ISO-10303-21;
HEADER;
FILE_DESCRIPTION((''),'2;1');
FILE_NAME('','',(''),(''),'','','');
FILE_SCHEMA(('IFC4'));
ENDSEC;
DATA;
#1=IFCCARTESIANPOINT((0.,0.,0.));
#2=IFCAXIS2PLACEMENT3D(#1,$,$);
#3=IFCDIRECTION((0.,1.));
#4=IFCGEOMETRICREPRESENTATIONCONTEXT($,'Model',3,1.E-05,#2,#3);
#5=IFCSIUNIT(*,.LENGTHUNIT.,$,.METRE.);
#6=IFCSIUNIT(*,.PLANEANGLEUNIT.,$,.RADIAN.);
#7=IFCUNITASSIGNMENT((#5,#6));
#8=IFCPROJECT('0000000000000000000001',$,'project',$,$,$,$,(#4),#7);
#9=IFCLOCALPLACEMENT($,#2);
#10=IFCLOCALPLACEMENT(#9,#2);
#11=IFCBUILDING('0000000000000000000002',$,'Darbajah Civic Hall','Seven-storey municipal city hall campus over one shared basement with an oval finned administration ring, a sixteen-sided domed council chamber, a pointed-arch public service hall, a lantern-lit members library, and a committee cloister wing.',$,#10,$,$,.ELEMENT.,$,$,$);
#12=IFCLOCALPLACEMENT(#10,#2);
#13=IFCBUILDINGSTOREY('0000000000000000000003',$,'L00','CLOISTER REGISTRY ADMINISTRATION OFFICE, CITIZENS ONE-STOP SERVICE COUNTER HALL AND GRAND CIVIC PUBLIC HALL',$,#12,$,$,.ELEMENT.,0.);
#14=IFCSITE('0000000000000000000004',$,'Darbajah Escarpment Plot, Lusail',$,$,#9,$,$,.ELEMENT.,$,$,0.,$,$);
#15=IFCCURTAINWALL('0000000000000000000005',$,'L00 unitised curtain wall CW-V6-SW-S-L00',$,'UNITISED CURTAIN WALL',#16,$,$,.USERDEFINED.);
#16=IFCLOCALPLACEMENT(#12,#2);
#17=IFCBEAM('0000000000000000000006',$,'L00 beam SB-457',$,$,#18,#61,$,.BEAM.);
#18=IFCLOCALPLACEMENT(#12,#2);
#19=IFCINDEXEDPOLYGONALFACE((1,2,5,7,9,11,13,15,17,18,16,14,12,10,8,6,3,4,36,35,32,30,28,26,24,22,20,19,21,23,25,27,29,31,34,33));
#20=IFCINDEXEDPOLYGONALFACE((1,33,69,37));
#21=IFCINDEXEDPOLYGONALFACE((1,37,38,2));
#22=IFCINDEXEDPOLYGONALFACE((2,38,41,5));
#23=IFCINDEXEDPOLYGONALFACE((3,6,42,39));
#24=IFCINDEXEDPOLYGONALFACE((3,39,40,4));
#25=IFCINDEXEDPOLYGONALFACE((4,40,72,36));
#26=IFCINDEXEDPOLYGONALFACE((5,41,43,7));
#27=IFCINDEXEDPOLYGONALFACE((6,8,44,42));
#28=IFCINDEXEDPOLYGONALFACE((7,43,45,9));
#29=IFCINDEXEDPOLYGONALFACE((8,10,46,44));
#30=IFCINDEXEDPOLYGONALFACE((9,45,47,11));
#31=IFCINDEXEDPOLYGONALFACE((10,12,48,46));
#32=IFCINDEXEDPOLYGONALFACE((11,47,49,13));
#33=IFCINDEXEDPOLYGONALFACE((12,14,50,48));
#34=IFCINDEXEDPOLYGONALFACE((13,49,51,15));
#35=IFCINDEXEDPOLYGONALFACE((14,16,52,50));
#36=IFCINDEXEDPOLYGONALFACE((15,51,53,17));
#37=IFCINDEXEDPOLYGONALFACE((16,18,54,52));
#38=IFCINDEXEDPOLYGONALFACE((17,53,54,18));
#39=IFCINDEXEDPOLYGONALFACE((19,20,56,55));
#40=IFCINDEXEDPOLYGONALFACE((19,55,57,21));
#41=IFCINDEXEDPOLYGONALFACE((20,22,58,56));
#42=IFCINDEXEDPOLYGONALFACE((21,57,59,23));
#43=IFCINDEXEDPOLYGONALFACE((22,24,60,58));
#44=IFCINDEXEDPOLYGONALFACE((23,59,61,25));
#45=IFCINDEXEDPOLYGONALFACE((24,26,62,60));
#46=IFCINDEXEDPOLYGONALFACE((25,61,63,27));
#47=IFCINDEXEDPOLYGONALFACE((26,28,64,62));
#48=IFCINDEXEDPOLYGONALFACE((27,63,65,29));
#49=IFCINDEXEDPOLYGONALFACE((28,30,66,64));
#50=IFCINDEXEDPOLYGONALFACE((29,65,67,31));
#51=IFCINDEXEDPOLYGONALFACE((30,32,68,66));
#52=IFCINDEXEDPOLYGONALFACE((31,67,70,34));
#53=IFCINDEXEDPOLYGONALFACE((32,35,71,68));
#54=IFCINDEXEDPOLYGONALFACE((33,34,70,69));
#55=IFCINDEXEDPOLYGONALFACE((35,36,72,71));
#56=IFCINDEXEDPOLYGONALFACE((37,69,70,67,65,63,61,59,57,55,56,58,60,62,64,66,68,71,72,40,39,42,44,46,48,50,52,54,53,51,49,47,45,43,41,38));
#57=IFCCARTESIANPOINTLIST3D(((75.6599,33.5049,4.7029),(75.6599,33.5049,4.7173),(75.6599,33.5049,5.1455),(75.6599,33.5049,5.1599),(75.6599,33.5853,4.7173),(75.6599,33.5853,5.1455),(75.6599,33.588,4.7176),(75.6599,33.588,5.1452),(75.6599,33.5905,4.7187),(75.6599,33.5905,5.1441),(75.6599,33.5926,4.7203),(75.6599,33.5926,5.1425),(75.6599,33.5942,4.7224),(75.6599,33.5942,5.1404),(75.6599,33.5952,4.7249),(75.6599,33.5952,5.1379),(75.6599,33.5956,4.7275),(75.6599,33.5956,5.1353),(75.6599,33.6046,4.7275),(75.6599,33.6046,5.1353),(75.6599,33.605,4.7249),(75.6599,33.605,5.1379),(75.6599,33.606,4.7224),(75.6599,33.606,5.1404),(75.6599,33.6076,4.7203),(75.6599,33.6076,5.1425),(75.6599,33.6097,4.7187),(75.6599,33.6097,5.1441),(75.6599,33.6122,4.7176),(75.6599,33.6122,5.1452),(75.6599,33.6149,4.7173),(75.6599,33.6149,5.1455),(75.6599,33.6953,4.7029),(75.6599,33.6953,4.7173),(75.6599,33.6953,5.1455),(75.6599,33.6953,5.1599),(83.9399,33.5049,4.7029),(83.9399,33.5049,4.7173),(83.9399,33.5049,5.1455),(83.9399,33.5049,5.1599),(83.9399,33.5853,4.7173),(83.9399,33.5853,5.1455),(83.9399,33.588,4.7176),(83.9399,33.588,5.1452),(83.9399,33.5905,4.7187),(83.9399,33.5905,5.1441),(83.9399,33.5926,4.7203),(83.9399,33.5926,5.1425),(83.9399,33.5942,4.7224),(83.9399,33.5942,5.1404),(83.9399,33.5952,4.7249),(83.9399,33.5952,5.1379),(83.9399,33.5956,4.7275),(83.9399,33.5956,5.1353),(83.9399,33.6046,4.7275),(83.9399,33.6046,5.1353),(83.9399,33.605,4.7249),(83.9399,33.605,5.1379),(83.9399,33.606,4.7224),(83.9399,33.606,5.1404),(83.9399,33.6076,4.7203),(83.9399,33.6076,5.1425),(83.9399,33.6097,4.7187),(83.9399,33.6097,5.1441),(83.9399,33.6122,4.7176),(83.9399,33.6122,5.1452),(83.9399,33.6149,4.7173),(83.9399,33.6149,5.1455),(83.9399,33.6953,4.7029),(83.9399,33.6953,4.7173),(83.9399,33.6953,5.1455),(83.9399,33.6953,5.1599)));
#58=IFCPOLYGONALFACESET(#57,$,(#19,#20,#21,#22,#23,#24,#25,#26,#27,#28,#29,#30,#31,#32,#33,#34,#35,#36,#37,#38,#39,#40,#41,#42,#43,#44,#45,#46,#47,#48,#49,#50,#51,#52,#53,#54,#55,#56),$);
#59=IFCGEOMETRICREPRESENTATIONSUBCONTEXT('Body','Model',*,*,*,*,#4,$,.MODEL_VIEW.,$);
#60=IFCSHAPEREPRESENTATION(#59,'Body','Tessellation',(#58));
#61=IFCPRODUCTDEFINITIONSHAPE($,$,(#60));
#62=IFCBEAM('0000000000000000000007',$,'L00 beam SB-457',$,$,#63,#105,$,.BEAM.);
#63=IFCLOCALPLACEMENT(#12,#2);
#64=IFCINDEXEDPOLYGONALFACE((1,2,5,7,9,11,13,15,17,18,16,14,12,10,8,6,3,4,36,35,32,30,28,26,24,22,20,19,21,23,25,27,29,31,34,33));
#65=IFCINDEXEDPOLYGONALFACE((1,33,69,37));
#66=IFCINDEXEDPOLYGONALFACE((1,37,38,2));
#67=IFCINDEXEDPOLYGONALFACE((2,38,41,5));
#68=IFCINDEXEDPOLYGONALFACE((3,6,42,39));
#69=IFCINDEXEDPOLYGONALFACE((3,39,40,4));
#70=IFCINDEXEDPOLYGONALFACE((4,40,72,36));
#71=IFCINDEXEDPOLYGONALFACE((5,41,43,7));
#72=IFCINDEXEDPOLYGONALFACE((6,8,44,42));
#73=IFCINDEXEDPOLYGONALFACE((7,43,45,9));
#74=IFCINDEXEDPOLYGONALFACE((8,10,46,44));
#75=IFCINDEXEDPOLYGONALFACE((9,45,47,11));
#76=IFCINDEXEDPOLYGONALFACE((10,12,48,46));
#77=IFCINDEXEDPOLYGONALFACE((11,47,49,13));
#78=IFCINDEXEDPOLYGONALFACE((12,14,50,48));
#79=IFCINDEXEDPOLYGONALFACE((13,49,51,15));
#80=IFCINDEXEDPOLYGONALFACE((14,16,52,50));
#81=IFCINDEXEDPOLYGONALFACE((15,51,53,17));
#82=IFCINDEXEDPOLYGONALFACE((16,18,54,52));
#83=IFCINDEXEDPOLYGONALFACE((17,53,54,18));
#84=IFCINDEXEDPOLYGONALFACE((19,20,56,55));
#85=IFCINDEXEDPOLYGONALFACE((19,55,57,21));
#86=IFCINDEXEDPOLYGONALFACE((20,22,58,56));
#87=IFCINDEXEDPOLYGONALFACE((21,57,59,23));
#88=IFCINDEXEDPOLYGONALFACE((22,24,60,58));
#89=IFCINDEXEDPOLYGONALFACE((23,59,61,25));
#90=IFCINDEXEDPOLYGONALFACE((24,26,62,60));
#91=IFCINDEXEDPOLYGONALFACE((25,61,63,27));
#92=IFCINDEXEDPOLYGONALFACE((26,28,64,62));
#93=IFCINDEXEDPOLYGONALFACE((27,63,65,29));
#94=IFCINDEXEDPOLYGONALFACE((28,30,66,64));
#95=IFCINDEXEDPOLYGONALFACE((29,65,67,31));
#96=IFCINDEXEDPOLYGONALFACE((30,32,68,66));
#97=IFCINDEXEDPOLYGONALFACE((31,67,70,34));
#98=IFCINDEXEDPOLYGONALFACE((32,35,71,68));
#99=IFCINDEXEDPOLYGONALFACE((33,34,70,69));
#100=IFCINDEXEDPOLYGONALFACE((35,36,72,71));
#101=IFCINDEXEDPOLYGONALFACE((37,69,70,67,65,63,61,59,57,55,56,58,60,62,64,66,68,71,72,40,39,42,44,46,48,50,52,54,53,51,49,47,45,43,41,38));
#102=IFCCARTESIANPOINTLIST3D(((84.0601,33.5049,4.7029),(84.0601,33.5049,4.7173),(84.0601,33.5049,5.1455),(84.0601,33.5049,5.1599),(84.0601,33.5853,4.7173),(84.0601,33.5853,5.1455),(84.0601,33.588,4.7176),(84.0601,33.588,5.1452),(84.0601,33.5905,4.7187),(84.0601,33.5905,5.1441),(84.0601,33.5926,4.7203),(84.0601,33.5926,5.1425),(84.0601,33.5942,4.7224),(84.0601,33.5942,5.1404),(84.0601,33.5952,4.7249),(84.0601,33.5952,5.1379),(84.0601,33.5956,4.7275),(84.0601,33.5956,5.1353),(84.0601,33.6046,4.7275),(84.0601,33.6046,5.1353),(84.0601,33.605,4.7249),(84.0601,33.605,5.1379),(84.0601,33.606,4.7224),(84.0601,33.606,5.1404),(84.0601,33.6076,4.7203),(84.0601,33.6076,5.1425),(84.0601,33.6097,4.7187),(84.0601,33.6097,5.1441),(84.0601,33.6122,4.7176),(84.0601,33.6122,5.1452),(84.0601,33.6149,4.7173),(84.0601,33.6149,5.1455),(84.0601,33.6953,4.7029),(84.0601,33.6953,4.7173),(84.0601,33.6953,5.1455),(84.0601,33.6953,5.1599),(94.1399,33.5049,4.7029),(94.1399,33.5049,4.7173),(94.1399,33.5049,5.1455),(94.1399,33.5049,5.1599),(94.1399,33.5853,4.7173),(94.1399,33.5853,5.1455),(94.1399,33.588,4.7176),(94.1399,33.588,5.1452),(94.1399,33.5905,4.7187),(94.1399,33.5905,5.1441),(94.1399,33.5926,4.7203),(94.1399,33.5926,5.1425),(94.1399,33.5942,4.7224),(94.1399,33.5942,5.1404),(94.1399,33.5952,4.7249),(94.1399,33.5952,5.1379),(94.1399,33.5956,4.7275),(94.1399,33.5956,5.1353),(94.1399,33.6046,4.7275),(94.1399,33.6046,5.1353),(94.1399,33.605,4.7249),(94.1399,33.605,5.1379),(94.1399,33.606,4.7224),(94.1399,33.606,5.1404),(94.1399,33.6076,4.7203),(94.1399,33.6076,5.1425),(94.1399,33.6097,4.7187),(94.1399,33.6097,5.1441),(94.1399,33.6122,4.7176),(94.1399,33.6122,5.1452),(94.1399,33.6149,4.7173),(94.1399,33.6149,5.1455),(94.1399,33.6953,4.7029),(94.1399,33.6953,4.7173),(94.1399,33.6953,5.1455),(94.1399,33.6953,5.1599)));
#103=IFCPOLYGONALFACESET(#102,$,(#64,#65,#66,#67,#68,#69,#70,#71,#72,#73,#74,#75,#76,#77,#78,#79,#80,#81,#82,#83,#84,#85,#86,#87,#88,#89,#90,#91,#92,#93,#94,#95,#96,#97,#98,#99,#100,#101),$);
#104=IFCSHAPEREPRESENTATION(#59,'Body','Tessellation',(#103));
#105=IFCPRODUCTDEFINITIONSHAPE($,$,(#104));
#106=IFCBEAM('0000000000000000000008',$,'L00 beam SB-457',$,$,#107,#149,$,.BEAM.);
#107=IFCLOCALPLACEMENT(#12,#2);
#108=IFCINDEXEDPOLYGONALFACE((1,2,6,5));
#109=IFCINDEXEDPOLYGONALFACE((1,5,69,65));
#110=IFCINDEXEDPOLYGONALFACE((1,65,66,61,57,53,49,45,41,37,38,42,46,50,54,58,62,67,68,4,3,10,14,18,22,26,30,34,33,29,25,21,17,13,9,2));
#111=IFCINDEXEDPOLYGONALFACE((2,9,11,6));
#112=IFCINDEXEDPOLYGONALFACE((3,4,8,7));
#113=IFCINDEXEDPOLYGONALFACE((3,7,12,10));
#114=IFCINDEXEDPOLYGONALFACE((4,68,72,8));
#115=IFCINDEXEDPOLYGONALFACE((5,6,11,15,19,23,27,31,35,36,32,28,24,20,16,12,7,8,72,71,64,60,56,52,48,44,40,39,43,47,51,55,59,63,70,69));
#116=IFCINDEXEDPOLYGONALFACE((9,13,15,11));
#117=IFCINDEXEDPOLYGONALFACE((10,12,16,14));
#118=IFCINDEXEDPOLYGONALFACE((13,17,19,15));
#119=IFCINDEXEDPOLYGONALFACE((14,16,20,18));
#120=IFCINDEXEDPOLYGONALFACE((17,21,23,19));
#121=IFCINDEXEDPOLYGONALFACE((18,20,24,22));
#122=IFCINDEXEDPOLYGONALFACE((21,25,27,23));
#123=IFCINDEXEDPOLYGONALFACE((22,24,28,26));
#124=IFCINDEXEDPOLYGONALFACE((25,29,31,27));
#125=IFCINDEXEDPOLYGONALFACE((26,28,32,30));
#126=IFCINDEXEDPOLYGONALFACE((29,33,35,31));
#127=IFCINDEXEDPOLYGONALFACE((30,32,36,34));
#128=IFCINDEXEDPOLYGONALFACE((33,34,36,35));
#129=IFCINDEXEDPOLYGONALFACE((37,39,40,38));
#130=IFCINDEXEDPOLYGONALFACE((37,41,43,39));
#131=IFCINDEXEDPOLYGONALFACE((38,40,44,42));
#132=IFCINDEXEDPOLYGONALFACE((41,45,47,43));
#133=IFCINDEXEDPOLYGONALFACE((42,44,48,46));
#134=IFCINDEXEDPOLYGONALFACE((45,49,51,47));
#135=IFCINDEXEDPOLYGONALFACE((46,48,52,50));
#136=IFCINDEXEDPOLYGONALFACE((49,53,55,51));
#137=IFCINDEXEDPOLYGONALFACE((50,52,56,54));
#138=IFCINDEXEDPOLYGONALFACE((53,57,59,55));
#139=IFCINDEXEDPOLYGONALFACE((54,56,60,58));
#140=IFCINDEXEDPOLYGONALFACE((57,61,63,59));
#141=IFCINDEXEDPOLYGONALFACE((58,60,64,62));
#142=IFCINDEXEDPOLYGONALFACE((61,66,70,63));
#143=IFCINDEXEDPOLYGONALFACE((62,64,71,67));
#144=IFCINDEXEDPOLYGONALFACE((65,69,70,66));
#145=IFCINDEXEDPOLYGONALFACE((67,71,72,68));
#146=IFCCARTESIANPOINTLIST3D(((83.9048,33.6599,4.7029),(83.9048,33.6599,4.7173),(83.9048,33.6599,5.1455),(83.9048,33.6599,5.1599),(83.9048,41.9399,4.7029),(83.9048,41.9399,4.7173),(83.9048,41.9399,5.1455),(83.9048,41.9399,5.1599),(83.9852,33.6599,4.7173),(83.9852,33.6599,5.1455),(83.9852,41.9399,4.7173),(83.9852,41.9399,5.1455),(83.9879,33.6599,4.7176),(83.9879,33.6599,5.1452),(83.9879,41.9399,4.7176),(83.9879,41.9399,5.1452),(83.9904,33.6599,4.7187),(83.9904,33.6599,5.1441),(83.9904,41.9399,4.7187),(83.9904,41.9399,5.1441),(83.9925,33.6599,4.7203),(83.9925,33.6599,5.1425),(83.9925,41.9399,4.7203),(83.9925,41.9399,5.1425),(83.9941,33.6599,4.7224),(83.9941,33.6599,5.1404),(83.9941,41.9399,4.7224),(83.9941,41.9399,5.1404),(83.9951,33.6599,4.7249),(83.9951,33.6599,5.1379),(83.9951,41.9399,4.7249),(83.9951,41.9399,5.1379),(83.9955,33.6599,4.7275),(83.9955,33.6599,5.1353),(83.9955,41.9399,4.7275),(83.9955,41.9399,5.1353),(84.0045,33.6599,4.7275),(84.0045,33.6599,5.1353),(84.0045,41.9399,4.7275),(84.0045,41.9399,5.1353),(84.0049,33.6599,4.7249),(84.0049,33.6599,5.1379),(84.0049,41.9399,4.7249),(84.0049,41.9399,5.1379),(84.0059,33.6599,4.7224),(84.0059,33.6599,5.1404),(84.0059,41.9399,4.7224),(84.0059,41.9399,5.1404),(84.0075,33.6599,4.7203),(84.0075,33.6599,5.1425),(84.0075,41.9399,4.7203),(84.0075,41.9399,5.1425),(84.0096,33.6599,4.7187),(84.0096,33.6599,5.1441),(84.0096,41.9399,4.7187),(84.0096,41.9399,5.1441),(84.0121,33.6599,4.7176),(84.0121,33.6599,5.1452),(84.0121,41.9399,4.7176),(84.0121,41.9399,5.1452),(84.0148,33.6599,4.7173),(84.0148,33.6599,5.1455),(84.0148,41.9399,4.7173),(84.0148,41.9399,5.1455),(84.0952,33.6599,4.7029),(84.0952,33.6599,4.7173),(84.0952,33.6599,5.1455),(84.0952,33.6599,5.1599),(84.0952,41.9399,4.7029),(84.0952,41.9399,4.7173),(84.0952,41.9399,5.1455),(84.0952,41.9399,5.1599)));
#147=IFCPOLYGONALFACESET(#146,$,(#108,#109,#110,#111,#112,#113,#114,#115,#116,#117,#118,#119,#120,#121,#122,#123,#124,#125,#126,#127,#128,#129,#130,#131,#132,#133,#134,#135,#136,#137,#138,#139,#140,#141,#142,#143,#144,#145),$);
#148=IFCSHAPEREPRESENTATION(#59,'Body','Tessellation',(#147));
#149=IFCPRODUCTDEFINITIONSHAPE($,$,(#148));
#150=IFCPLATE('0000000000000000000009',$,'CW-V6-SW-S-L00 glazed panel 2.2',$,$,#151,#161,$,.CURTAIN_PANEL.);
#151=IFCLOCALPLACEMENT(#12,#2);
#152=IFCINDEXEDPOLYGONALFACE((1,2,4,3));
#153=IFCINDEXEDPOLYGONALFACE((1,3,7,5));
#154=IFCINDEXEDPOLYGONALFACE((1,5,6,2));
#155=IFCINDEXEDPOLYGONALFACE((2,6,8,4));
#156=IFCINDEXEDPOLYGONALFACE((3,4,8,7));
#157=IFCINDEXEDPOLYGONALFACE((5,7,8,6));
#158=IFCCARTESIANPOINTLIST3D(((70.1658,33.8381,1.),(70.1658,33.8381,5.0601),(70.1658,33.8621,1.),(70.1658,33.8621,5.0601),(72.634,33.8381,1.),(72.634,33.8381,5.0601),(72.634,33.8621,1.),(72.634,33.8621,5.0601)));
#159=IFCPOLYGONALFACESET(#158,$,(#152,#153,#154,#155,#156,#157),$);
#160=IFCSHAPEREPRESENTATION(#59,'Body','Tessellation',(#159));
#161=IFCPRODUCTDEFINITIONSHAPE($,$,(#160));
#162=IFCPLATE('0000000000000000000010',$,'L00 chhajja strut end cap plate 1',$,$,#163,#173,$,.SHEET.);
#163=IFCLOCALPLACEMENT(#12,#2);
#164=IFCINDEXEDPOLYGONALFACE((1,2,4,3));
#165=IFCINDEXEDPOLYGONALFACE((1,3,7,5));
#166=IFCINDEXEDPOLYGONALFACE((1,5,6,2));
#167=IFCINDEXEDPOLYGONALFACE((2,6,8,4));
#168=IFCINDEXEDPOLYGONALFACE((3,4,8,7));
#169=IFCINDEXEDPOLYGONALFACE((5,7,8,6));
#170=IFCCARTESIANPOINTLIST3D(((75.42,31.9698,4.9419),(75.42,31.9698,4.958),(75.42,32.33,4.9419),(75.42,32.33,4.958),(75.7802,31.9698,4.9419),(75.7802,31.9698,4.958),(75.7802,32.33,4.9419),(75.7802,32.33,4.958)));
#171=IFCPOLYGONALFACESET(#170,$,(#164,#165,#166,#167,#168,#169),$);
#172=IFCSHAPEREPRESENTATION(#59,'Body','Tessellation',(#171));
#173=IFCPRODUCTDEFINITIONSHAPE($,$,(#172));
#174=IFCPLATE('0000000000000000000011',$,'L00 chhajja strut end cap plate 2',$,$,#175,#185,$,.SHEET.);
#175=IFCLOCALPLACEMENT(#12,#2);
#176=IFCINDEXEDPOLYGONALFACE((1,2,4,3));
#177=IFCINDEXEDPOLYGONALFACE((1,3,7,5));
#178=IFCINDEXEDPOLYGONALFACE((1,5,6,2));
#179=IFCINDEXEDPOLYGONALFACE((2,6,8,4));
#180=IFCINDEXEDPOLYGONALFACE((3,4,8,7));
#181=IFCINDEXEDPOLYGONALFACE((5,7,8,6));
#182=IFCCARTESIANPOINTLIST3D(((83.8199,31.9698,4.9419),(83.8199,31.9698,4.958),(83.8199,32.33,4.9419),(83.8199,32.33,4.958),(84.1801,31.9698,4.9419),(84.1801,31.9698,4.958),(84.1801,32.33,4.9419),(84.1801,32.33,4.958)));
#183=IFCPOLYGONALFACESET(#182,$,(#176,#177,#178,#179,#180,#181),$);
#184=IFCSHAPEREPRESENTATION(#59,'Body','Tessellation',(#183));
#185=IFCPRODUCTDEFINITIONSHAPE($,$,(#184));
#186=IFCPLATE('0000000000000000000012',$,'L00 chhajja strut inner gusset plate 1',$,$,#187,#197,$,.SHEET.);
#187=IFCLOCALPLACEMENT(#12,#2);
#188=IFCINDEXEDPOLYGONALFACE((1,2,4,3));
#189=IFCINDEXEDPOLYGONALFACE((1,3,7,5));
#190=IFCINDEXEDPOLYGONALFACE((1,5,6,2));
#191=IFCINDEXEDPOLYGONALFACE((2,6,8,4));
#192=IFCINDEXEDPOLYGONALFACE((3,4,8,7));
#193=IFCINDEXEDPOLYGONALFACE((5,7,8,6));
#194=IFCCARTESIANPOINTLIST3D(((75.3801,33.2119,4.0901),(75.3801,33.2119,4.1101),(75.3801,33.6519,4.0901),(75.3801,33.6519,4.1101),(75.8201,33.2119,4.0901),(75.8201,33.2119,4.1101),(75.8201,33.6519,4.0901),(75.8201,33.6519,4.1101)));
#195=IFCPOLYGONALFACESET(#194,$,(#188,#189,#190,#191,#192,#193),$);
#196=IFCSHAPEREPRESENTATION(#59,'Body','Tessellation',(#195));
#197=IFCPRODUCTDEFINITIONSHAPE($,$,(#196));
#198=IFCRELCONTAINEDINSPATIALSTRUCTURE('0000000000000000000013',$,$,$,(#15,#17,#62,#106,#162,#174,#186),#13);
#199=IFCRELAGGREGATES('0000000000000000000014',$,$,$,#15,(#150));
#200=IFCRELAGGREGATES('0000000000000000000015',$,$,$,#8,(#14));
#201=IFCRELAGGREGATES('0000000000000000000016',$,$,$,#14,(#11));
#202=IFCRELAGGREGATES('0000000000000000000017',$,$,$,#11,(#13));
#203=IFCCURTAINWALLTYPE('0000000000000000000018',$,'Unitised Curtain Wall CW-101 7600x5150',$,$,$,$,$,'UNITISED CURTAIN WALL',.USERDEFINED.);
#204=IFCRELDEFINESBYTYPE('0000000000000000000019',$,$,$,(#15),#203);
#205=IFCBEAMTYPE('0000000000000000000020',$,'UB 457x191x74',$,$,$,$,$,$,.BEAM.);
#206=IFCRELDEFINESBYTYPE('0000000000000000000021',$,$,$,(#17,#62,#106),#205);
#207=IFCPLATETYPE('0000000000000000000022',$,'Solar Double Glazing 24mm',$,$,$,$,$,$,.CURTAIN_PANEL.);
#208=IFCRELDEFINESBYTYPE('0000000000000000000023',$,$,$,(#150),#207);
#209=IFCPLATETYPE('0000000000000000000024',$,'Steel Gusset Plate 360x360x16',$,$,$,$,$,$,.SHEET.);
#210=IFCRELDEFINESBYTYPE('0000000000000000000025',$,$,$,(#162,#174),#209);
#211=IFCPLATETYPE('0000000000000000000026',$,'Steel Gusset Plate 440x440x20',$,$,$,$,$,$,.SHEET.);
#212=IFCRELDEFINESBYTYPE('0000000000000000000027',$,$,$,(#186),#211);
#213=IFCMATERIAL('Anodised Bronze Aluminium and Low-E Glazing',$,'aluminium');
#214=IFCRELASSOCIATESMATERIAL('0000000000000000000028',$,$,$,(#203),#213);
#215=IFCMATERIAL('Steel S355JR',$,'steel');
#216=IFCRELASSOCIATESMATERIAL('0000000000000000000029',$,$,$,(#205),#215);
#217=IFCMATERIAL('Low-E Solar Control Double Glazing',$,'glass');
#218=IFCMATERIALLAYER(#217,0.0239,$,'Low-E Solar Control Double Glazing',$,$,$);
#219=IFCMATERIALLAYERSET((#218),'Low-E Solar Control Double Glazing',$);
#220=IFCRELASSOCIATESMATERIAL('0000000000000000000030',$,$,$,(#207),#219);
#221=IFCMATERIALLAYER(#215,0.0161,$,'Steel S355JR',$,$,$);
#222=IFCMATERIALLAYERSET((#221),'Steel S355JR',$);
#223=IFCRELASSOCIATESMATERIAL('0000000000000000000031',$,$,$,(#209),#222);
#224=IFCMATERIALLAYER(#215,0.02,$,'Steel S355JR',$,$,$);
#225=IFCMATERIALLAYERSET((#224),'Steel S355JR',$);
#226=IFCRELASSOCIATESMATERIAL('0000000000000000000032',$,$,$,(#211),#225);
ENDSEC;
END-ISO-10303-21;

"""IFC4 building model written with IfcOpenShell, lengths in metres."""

from ifc_helpers import new_model, si_unit, direction, frame, origin, origin_2d, place, context, subcontext, project, spatial, rectangle, i_section, extrude, material, layer, layer_set, material_profile, profile_set, type_object, element, aggregate, save


model = new_model("IFC4")

# Units and contexts
model_context = context("Model", 3, precision=1e-05, world=origin(), true_north=direction((0.0, 1.0)))
body_context = subcontext(model_context, "Body", "Model", "MODEL_VIEW")
ifc_project = project(units=[si_unit("LENGTHUNIT", "METRE"), si_unit("PLANEANGLEUNIT", "RADIAN")], contexts=[model_context])

# Site, building, storey
site_placement = place(None, origin())
site = spatial("IfcSite", under=ifc_project, at=site_placement, Name="Darbajah Escarpment Plot, Lusail", CompositionType="ELEMENT", RefElevation=0.0)
building_placement = place(site_placement, origin())
building = spatial("IfcBuilding", under=site, at=building_placement, Name="Darbajah Civic Hall", Description="Seven-storey municipal city hall campus over one shared basement with an oval finned administration ring, a sixteen-sided domed council chamber, a pointed-arch public service hall, a lantern-lit members library, and a committee cloister wing.", CompositionType="ELEMENT")
storey_placement = place(building_placement, origin())
storey = spatial("IfcBuildingStorey", under=building, at=storey_placement, Name="L00", Description="CLOISTER REGISTRY ADMINISTRATION OFFICE, CITIZENS ONE-STOP SERVICE COUNTER HALL AND GRAND CIVIC PUBLIC HALL", CompositionType="ELEMENT", Elevation=0.0)

# Shared definitions
ifc_material_1 = material(Name="Steel S355JR", Category="steel")

# Curtain wall
ifc_material_2 = material(Name="Anodised Bronze Aluminium and Low-E Glazing", Category="aluminium")
curtain_wall_type = type_object("IfcCurtainWallType", Name="Unitised Curtain Wall CW-101 7600x5150", ElementType="UNITISED CURTAIN WALL", PredefinedType="USERDEFINED", material=ifc_material_2)
curtain_wall_placement = place(storey_placement, origin())
curtain_wall = element("IfcCurtainWall", 1, at=curtain_wall_placement, inside=storey, type_object=curtain_wall_type, Name="L00 unitised curtain wall CW-V6-SW-S-L00", ObjectType="UNITISED CURTAIN WALL", PredefinedType="USERDEFINED")

# Beams
ifc_material_profile_1 = material_profile(ifc_material_1, i_section(OverallWidth=0.1904, OverallDepth=0.457, WebThickness=0.009, FlangeThickness=0.0144, FilletRadius=0.0103, at=origin_2d()), Name="UB 457x191x74")
ifc_profile_set_1 = profile_set([ifc_material_profile_1], Name="Steel S355JR")
beam_type = type_object("IfcBeamType", Name="UB 457x191x74", PredefinedType="BEAM", material=ifc_profile_set_1)
beam_1_placement = place(storey_placement, frame((75.6599, 33.6001, 4.9314), z_axis=(1.0, 0.0, 0.0), x_axis=(0.0, 1.0, 0.0)))
element("IfcBeam", 2, at=beam_1_placement, inside=storey, type_object=beam_type, Name="L00 beam SB-457", PredefinedType="BEAM", context=body_context, shape_type="SweptSolid", body=[
    extrude(i_section(OverallWidth=0.1904, OverallDepth=0.457, WebThickness=0.009, FlangeThickness=0.0144, FilletRadius=0.0103, at=origin_2d()), origin(), (0.0, 0.0, 1.0), 8.28),
])
beam_2_placement = place(storey_placement, frame((84.0601, 33.6001, 4.9314), z_axis=(1.0, 0.0, 0.0), x_axis=(0.0, 1.0, 0.0)))
element("IfcBeam", 3, at=beam_2_placement, inside=storey, type_object=beam_type, Name="L00 beam SB-457", PredefinedType="BEAM", context=body_context, shape_type="SweptSolid", body=[
    extrude(i_section(OverallWidth=0.1904, OverallDepth=0.457, WebThickness=0.009, FlangeThickness=0.0144, FilletRadius=0.0103, at=origin_2d()), origin(), (0.0, 0.0, 1.0), 10.0798),
])
beam_3_placement = place(storey_placement, frame((84.0, 33.6599, 4.9314), z_axis=(0.0, 1.0, 0.0), x_axis=(-1.0, 0.0, 0.0)))
element("IfcBeam", 4, at=beam_3_placement, inside=storey, type_object=beam_type, Name="L00 beam SB-457", PredefinedType="BEAM", context=body_context, shape_type="SweptSolid", body=[
    extrude(i_section(OverallWidth=0.1904, OverallDepth=0.457, WebThickness=0.009, FlangeThickness=0.0144, FilletRadius=0.0103, at=origin_2d()), origin(), (0.0, 0.0, 1.0), 8.28),
])

# Plate
ifc_material_3 = material(Name="Low-E Solar Control Double Glazing", Category="glass")
ifc_layer_1 = layer(ifc_material_3, 0.0239, Name="Low-E Solar Control Double Glazing")
ifc_layer_set_1 = layer_set([ifc_layer_1], Name="Low-E Solar Control Double Glazing")
plate_type_1 = type_object("IfcPlateType", Name="Solar Double Glazing 24mm", PredefinedType="CURTAIN_PANEL", material=ifc_layer_set_1)
plate_placement = place(storey_placement, frame((71.3999, 33.8501, 1.0), z_axis=(0.0, 0.0, 1.0), x_axis=(1.0, 0.0, 0.0)))
plate = element("IfcPlate", 5, at=plate_placement, type_object=plate_type_1, Name="CW-V6-SW-S-L00 glazed panel 2.2", PredefinedType="CURTAIN_PANEL", context=body_context, shape_type="SweptSolid", body=[
    extrude(rectangle(XDim=2.4683, YDim=0.0239, at=origin_2d()), origin(), (0.0, 0.0, 1.0), 4.0601),
])
aggregate(curtain_wall, [plate])

# Plates
ifc_layer_2 = layer(ifc_material_1, 0.0161, Name="Steel S355JR")
ifc_layer_set_2 = layer_set([ifc_layer_2], Name="Steel S355JR")
plate_type_2 = type_object("IfcPlateType", Name="Steel Gusset Plate 360x360x16", PredefinedType="SHEET", material=ifc_layer_set_2)
for number, where, z_axis, x_axis, name in (
    (6, (75.6001, 32.1499, 4.9419), (0.0, 0.0, 1.0), (1.0, 0.0, 0.0), "L00 chhajja strut end cap plate 1"),
    (7, (84.0, 32.1499, 4.9419), (0.0, 0.0, 1.0), (1.0, 0.0, 0.0), "L00 chhajja strut end cap plate 2"),
):
    element("IfcPlate", number, at=place(storey_placement, frame(where, z_axis=z_axis, x_axis=x_axis)), inside=storey, type_object=plate_type_2, Name=name, PredefinedType="SHEET", context=body_context, shape_type="SweptSolid", body=[
        extrude(rectangle(XDim=0.3601, YDim=0.3601, at=origin_2d()), origin(), (0.0, 0.0, 1.0), 0.0161),
    ])
ifc_layer_3 = layer(ifc_material_1, 0.02, Name="Steel S355JR")
ifc_layer_set_3 = layer_set([ifc_layer_3], Name="Steel S355JR")
plate_type_3 = type_object("IfcPlateType", Name="Steel Gusset Plate 440x440x20", PredefinedType="SHEET", material=ifc_layer_set_3)
for number, where, z_axis, x_axis, name in (
    (8, (75.6001, 33.4319, 4.0901), (0.0, 0.0, 1.0), (1.0, 0.0, 0.0), "L00 chhajja strut inner gusset plate 1"),
):
    element("IfcPlate", number, at=place(storey_placement, frame(where, z_axis=z_axis, x_axis=x_axis)), inside=storey, type_object=plate_type_3, Name=name, PredefinedType="SHEET", context=body_context, shape_type="SweptSolid", body=[
        extrude(rectangle(XDim=0.4399, YDim=0.4399, at=origin_2d()), origin(), (0.0, 0.0, 1.0), 0.02),
    ])

save(model, "model.ifc")
